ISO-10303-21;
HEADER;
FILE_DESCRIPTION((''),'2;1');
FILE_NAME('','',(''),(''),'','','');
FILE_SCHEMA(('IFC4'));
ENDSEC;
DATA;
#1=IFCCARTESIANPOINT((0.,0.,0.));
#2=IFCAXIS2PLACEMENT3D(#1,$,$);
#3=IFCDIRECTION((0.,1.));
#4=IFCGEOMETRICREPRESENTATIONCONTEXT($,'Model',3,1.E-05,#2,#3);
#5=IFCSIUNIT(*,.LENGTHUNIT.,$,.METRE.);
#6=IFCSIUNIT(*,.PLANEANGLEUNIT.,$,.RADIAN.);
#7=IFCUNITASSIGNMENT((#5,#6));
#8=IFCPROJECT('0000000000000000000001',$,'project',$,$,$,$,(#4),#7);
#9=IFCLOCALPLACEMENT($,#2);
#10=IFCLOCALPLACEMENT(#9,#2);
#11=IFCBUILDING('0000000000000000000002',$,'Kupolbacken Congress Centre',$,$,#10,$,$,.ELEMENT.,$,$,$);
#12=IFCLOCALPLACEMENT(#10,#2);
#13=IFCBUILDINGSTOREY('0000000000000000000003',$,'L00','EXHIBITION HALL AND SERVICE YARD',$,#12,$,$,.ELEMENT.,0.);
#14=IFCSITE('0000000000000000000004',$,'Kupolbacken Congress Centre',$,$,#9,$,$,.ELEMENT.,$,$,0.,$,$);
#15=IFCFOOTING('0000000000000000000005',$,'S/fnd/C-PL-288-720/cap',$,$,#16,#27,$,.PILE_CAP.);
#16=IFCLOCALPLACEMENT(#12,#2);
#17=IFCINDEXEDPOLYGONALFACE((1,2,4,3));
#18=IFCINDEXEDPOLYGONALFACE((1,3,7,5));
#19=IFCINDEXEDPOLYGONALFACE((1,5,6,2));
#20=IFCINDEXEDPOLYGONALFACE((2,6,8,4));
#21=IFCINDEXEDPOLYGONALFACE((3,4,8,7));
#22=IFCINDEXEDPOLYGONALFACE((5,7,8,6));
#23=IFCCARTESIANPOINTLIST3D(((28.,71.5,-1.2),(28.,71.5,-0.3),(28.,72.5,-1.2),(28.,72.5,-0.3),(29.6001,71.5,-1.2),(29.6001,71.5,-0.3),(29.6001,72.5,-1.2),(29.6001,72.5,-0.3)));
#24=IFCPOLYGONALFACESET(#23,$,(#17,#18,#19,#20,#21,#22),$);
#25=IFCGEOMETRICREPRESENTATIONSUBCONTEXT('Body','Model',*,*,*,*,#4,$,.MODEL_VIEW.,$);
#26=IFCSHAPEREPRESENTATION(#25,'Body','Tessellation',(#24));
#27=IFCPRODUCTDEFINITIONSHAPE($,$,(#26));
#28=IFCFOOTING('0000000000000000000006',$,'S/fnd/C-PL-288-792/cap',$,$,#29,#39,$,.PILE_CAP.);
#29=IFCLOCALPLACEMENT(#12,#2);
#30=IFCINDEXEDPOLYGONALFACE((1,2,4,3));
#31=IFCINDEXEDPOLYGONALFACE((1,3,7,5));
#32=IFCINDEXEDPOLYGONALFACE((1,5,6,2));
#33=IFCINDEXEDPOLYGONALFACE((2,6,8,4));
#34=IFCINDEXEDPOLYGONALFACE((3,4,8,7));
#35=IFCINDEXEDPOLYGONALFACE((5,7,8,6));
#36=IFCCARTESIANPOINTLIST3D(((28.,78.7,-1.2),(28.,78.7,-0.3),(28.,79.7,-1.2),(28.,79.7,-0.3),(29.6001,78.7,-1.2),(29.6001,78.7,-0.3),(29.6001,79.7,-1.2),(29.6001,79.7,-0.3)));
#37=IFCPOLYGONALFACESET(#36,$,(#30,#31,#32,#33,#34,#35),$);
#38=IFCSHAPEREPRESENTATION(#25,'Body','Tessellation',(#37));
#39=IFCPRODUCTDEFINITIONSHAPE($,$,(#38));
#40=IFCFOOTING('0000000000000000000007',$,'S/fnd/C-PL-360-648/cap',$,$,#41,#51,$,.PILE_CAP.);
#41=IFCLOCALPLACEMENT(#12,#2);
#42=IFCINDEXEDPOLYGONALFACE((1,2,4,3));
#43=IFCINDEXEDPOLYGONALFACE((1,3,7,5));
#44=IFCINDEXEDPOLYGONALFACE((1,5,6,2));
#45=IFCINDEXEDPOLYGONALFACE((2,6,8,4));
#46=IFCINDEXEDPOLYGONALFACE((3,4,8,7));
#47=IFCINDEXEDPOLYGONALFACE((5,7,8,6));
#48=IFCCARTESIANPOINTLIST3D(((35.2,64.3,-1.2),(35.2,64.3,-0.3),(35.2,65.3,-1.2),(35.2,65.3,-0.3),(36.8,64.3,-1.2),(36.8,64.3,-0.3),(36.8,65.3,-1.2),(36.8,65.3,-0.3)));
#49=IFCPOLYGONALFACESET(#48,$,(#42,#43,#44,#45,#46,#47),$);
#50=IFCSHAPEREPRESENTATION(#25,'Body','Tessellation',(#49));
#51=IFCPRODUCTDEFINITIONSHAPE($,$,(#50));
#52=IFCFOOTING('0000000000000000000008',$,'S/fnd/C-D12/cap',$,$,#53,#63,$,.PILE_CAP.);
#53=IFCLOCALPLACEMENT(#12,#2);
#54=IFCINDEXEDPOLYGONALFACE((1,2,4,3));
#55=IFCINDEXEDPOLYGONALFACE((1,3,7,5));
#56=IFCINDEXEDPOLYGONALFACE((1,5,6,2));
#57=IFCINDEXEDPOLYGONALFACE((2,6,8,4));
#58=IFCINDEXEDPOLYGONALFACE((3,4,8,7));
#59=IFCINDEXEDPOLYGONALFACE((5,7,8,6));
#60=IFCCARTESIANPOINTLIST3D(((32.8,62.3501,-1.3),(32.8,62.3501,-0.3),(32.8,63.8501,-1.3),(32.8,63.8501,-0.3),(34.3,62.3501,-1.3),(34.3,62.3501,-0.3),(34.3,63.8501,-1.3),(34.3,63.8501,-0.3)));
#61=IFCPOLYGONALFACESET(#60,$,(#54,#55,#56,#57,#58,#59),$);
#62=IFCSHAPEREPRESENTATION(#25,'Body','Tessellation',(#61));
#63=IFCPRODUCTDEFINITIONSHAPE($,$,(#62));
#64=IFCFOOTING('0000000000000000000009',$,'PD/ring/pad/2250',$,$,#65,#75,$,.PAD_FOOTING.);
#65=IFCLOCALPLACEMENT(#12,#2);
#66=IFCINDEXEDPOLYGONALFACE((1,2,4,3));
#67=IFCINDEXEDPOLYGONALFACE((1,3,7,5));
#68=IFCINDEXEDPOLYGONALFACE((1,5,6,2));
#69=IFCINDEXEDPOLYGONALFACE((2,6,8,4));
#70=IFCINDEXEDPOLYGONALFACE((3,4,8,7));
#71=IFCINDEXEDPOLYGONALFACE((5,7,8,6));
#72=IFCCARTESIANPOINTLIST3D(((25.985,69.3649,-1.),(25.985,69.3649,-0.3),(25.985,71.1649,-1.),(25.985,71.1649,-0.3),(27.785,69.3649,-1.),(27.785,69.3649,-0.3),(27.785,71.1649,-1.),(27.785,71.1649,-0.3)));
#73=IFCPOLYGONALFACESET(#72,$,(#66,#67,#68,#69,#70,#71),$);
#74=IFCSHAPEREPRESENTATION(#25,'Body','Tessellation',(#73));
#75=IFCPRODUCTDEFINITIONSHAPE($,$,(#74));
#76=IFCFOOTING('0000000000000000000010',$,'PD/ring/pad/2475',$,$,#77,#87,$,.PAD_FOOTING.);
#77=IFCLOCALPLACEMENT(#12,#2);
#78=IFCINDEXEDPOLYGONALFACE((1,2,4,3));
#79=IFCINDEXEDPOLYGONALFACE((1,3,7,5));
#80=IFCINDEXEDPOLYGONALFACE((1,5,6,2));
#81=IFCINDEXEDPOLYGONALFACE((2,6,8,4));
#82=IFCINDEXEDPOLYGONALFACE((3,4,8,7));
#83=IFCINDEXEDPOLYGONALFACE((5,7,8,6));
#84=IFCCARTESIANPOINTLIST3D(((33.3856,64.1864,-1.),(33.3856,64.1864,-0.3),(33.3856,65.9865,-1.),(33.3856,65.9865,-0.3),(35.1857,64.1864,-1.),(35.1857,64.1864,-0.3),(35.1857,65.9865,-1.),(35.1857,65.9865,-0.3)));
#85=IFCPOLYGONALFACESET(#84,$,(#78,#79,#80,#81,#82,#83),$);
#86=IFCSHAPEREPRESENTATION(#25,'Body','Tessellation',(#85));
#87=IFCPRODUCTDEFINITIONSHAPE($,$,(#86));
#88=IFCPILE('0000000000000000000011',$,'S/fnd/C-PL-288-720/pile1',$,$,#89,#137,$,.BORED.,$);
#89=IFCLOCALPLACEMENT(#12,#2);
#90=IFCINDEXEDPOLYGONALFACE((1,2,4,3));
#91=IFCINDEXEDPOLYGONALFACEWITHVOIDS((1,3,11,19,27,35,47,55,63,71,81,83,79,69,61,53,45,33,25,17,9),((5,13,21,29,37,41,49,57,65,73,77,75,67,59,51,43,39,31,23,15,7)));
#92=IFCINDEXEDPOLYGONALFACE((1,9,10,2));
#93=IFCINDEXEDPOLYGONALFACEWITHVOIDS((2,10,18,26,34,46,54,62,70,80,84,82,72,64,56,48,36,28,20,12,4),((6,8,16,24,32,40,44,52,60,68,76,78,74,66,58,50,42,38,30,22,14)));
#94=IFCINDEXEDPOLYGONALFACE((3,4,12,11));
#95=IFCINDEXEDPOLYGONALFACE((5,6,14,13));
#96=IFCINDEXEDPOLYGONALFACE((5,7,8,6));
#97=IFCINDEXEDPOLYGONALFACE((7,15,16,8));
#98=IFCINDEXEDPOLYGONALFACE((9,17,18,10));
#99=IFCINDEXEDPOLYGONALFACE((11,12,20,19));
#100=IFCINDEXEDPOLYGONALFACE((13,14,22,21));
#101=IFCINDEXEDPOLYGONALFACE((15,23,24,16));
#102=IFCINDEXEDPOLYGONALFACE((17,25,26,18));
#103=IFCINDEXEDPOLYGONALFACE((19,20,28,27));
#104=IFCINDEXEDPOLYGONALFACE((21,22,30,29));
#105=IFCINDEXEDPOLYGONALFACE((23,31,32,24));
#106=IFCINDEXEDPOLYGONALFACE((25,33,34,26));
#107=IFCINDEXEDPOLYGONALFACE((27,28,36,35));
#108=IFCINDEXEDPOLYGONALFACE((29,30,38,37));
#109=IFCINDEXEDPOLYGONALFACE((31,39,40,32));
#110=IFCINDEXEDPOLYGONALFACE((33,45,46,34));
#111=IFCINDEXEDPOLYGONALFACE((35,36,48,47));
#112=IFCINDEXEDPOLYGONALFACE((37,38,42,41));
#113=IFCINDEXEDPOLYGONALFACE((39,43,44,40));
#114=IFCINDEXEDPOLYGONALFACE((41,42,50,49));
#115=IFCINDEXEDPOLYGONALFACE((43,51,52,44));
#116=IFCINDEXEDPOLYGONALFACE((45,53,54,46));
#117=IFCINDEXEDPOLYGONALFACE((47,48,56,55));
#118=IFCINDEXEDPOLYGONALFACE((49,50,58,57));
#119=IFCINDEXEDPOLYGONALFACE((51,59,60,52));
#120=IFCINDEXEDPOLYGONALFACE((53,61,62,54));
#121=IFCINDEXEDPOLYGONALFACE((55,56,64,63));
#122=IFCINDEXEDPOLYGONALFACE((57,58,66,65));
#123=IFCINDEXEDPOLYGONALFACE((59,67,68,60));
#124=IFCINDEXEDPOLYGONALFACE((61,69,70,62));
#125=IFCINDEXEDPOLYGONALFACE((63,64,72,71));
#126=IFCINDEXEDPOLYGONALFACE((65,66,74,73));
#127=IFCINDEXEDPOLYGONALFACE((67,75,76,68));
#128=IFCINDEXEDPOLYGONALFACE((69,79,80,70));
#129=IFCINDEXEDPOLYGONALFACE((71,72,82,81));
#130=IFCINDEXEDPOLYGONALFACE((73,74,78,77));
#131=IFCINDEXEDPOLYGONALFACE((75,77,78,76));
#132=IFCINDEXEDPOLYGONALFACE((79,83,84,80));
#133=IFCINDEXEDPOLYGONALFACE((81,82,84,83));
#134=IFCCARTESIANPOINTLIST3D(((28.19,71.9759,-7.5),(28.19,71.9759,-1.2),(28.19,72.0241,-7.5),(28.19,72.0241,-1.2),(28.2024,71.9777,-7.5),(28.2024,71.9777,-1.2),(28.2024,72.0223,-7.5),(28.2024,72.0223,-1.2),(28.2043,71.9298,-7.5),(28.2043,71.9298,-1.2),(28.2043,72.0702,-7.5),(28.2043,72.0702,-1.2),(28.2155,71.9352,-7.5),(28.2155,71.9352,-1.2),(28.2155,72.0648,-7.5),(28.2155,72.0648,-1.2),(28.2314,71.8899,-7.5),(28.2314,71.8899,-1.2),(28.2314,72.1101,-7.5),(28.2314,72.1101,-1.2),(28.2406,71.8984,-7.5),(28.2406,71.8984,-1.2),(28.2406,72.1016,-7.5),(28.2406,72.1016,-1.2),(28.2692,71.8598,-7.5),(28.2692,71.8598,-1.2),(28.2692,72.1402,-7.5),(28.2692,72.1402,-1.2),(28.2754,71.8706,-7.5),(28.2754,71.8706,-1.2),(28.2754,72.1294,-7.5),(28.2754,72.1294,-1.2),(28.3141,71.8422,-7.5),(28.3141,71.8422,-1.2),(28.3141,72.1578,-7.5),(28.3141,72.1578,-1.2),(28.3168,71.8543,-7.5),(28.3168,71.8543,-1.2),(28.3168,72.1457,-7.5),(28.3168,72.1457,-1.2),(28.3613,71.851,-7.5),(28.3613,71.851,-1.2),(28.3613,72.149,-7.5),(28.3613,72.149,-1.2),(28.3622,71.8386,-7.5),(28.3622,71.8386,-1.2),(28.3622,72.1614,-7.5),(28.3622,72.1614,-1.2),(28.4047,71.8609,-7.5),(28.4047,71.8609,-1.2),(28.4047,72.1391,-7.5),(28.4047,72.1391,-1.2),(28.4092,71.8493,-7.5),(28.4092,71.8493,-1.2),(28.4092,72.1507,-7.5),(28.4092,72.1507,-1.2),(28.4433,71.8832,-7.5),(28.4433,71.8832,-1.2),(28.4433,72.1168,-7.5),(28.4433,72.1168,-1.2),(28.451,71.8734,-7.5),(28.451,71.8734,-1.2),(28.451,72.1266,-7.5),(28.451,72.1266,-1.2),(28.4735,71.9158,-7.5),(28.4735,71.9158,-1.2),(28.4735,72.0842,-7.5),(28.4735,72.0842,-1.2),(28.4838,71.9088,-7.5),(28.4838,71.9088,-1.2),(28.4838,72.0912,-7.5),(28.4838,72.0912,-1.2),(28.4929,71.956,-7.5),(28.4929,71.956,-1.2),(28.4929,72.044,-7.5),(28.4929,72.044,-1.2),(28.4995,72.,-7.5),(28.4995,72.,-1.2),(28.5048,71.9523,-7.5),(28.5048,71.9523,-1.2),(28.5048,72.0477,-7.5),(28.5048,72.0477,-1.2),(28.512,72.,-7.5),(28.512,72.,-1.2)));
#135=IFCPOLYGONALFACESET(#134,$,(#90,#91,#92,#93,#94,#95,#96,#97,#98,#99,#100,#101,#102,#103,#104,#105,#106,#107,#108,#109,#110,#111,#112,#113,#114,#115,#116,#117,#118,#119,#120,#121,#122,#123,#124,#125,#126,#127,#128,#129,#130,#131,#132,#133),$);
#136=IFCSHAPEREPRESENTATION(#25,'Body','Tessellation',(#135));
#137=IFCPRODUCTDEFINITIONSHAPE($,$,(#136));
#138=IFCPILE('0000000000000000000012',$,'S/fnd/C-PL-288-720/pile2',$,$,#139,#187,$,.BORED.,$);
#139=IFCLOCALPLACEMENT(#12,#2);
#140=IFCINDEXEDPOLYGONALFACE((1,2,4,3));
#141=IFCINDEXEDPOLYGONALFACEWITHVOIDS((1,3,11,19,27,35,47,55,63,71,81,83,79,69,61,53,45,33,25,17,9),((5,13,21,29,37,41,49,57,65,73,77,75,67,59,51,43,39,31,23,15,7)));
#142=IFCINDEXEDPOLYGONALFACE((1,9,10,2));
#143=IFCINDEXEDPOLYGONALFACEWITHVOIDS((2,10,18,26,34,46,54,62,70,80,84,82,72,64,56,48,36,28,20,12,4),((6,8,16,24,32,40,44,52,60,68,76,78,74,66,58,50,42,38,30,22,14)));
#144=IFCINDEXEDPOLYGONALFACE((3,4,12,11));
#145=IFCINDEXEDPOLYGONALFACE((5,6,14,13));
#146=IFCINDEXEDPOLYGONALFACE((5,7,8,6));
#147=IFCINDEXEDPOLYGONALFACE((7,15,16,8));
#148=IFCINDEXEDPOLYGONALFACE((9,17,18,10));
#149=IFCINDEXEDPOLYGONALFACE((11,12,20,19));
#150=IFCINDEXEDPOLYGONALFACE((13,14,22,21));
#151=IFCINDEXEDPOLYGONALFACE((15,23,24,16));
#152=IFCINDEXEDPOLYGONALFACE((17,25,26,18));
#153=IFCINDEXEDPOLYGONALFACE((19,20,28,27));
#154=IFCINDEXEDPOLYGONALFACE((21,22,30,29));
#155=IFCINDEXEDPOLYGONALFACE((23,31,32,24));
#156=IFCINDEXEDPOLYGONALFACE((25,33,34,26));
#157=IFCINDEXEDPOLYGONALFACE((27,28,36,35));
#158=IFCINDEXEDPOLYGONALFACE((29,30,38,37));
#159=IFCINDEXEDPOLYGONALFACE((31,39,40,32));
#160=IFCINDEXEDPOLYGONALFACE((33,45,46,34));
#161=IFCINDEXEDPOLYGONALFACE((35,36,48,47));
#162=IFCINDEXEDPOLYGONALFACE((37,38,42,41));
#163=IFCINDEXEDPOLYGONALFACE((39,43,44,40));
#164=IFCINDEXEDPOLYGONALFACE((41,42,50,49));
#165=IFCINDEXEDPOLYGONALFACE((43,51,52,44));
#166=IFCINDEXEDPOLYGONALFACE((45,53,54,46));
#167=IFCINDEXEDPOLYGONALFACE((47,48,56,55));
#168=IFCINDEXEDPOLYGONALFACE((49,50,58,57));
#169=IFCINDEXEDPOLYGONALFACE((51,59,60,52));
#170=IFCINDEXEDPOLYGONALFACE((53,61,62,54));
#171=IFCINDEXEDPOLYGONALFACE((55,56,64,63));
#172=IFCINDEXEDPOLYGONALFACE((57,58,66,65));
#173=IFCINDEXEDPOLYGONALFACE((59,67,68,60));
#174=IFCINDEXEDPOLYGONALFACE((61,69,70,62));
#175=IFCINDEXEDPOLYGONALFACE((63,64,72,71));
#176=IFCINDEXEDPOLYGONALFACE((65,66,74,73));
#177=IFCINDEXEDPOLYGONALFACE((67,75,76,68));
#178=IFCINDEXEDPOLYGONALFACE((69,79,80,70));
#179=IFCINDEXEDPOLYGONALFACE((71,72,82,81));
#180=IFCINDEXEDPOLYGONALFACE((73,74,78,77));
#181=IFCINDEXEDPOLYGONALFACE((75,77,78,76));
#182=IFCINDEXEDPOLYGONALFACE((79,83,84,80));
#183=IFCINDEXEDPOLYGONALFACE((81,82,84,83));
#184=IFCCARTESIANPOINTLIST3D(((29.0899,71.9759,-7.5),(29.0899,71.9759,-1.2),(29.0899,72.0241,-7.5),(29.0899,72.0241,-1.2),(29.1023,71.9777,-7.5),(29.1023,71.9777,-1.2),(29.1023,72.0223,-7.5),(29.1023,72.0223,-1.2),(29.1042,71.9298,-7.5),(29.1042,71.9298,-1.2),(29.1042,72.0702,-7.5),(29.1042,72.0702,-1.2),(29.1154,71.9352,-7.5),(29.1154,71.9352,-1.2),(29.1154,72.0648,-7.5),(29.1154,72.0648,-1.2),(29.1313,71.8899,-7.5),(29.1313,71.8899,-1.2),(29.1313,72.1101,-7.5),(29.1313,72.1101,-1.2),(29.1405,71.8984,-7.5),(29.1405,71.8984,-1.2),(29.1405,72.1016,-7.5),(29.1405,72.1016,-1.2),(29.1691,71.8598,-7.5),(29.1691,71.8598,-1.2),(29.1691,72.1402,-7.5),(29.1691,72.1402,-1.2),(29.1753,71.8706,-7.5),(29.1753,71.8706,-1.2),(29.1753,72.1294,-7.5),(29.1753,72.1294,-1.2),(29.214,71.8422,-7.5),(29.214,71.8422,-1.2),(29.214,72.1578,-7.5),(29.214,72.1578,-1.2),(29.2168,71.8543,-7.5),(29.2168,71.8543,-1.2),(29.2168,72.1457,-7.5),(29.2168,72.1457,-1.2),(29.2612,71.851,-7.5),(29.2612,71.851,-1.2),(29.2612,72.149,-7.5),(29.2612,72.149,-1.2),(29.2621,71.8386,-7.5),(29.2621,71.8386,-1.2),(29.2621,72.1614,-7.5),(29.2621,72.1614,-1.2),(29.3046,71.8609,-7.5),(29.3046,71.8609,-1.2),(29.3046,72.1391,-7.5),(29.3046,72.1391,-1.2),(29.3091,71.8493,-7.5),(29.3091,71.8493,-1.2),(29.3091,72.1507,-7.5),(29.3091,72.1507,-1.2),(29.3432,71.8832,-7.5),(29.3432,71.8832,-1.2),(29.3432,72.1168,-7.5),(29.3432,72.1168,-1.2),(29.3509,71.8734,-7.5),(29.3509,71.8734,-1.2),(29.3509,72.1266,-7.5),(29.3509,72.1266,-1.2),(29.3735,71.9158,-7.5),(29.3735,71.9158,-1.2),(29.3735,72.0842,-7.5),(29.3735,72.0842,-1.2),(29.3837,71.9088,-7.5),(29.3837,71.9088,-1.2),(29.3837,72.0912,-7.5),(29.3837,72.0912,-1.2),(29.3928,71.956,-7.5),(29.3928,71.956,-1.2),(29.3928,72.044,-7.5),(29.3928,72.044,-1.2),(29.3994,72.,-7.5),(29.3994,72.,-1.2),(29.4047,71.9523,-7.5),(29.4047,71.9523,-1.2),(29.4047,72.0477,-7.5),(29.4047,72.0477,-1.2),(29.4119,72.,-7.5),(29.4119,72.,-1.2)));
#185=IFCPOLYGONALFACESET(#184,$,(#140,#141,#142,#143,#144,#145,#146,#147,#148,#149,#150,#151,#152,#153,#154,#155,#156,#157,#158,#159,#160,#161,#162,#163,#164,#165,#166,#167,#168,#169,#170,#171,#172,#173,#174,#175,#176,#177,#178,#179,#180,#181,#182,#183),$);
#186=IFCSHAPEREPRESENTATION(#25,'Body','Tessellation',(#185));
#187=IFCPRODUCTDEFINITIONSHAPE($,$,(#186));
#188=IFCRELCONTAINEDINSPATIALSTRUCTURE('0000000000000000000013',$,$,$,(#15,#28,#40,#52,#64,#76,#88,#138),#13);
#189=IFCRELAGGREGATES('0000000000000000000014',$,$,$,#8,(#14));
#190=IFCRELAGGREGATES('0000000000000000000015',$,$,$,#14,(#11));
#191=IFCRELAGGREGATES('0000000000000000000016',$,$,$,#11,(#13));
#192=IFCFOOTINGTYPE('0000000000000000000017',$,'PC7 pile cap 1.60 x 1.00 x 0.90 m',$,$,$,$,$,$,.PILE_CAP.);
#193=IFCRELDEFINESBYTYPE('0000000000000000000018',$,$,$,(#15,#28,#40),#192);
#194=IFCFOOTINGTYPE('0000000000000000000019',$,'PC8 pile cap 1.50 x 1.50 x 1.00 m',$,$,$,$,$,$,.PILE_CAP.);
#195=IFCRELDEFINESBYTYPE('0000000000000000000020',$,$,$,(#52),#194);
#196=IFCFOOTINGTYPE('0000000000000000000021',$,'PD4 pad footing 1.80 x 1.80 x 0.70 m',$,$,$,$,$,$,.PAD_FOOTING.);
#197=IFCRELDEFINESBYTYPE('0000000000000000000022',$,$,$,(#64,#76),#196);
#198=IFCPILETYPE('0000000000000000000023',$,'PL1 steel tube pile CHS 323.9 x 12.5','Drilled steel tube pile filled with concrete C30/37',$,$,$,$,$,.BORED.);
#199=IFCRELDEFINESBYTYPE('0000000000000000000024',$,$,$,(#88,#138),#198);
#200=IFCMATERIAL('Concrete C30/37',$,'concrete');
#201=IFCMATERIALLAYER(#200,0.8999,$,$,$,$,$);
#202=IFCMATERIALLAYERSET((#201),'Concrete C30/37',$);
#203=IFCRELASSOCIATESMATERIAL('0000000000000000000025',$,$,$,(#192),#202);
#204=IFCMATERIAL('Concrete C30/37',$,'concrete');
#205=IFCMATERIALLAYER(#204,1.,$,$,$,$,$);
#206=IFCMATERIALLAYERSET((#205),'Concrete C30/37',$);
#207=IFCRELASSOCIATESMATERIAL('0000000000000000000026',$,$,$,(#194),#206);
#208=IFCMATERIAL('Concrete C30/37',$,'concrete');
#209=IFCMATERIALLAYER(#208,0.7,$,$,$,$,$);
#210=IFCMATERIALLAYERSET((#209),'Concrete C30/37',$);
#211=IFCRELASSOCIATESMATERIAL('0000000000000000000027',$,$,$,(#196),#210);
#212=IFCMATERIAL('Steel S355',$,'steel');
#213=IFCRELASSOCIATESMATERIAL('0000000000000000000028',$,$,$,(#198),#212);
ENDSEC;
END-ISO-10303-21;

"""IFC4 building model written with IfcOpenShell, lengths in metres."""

from ifc_helpers import new_model, si_unit, direction, frame, origin, origin_2d, place, context, subcontext, project, spatial, rectangle, hollow_circle, extrude, material, layer, layer_set, material_profile, profile_set, type_object, element, save


model = new_model("IFC4")

# Units and contexts
model_context = context("Model", 3, precision=1e-05, world=origin(), true_north=direction((0.0, 1.0)))
body_context = subcontext(model_context, "Body", "Model", "MODEL_VIEW")
ifc_project = project(units=[si_unit("LENGTHUNIT", "METRE"), si_unit("PLANEANGLEUNIT", "RADIAN")], contexts=[model_context])

# Site, building, storey
site_placement = place(None, origin())
site = spatial("IfcSite", under=ifc_project, at=site_placement, Name="Kupolbacken Congress Centre", CompositionType="ELEMENT", RefElevation=0.0)
building_placement = place(site_placement, origin())
building = spatial("IfcBuilding", under=site, at=building_placement, Name="Kupolbacken Congress Centre", CompositionType="ELEMENT")
storey_placement = place(building_placement, origin())
storey = spatial("IfcBuildingStorey", under=building, at=storey_placement, Name="L00", Description="EXHIBITION HALL AND SERVICE YARD", CompositionType="ELEMENT", Elevation=0.0)

# Footings
ifc_material_1 = material(Name="Concrete C30/37", Category="concrete")
ifc_layer_1 = layer(ifc_material_1, 0.8999)
ifc_layer_set_1 = layer_set([ifc_layer_1], Name="Concrete C30/37")
footing_type_1 = type_object("IfcFootingType", Name="PC7 pile cap 1.60 x 1.00 x 0.90 m", PredefinedType="PILE_CAP", material=ifc_layer_set_1)
for number, where, z_axis, x_axis, name in (
    (1, (28.8, 72.0, -1.2), (0.0, 0.0, 1.0), (1.0, 0.0, 0.0), "S/fnd/C-PL-288-720/cap"),
    (2, (28.8, 79.2, -1.2), (0.0, 0.0, 1.0), (1.0, 0.0, 0.0), "S/fnd/C-PL-288-792/cap"),
    (3, (36.0, 64.8, -1.2), (0.0, 0.0, 1.0), (1.0, 0.0, 0.0), "S/fnd/C-PL-360-648/cap"),
):
    element("IfcFooting", number, at=place(storey_placement, frame(where, z_axis=z_axis, x_axis=x_axis)), inside=storey, type_object=footing_type_1, Name=name, PredefinedType="PILE_CAP", context=body_context, shape_type="SweptSolid", body=[
        extrude(rectangle(XDim=1.6001, YDim=1.0, at=origin_2d()), origin(), (0.0, 0.0, 1.0), 0.8999),
    ])
ifc_material_2 = material(Name="Concrete C30/37", Category="concrete")
ifc_layer_2 = layer(ifc_material_2, 1.0)
ifc_layer_set_2 = layer_set([ifc_layer_2], Name="Concrete C30/37")
footing_type_2 = type_object("IfcFootingType", Name="PC8 pile cap 1.50 x 1.50 x 1.00 m", PredefinedType="PILE_CAP", material=ifc_layer_set_2)
footing_placement = place(storey_placement, frame((33.55, 63.1001, -1.3), z_axis=(0.0, 0.0, 1.0), x_axis=(1.0, 0.0, 0.0)))
element("IfcFooting", 4, at=footing_placement, inside=storey, type_object=footing_type_2, Name="S/fnd/C-D12/cap", PredefinedType="PILE_CAP", context=body_context, shape_type="SweptSolid", body=[
    extrude(rectangle(XDim=1.5, YDim=1.5, at=origin_2d()), origin(), (0.0, 0.0, 1.0), 1.0),
])
ifc_material_3 = material(Name="Concrete C30/37", Category="concrete")
ifc_layer_3 = layer(ifc_material_3, 0.7)
ifc_layer_set_3 = layer_set([ifc_layer_3], Name="Concrete C30/37")
footing_type_3 = type_object("IfcFootingType", Name="PD4 pad footing 1.80 x 1.80 x 0.70 m", PredefinedType="PAD_FOOTING", material=ifc_layer_set_3)
for number, where, z_axis, x_axis, name in (
    (5, (26.885, 70.2649, -1.0), (0.0, 0.0, 1.0), (1.0, 0.0, 0.0), "PD/ring/pad/2250"),
    (6, (34.2856, 65.0864, -1.0), (0.0, 0.0, 1.0), (1.0, 0.0, 0.0), "PD/ring/pad/2475"),
):
    element("IfcFooting", number, at=place(storey_placement, frame(where, z_axis=z_axis, x_axis=x_axis)), inside=storey, type_object=footing_type_3, Name=name, PredefinedType="PAD_FOOTING", context=body_context, shape_type="SweptSolid", body=[
        extrude(rectangle(XDim=1.8, YDim=1.8, at=origin_2d()), origin(), (0.0, 0.0, 1.0), 0.7),
    ])

# Piles
ifc_material_4 = material(Name="Steel S355", Category="steel")
ifc_material_profile_1 = material_profile(ifc_material_4, hollow_circle(Radius=0.1619, WallThickness=0.0125, at=origin_2d()), Name="CHS 323.9 x 12.5")
ifc_profile_set_1 = profile_set([ifc_material_profile_1], Name="Steel S355")
pile_type_1 = type_object("IfcPileType", Name="PL1 steel tube pile CHS 323.9 x 12.5", Description="Drilled steel tube pile filled with concrete C30/37", PredefinedType="BORED", material=ifc_profile_set_1)
for number, where, z_axis, x_axis, name in (
    (7, (28.3501, 72.0, -1.2), (0.0, 0.0, -1.0), (1.0, 0.0, 0.0), "S/fnd/C-PL-288-720/pile1"),
    (8, (29.25, 72.0, -1.2), (0.0, 0.0, -1.0), (1.0, 0.0, 0.0), "S/fnd/C-PL-288-720/pile2"),
):
    element("IfcPile", number, at=place(storey_placement, frame(where, z_axis=z_axis, x_axis=x_axis)), inside=storey, type_object=pile_type_1, Name=name, PredefinedType="BORED", context=body_context, shape_type="SweptSolid", body=[
        extrude(hollow_circle(Radius=0.1619, WallThickness=0.0125, at=origin_2d()), origin(), (0.0, 0.0, 1.0), 6.3),
    ])

save(model, "model.ifc")
